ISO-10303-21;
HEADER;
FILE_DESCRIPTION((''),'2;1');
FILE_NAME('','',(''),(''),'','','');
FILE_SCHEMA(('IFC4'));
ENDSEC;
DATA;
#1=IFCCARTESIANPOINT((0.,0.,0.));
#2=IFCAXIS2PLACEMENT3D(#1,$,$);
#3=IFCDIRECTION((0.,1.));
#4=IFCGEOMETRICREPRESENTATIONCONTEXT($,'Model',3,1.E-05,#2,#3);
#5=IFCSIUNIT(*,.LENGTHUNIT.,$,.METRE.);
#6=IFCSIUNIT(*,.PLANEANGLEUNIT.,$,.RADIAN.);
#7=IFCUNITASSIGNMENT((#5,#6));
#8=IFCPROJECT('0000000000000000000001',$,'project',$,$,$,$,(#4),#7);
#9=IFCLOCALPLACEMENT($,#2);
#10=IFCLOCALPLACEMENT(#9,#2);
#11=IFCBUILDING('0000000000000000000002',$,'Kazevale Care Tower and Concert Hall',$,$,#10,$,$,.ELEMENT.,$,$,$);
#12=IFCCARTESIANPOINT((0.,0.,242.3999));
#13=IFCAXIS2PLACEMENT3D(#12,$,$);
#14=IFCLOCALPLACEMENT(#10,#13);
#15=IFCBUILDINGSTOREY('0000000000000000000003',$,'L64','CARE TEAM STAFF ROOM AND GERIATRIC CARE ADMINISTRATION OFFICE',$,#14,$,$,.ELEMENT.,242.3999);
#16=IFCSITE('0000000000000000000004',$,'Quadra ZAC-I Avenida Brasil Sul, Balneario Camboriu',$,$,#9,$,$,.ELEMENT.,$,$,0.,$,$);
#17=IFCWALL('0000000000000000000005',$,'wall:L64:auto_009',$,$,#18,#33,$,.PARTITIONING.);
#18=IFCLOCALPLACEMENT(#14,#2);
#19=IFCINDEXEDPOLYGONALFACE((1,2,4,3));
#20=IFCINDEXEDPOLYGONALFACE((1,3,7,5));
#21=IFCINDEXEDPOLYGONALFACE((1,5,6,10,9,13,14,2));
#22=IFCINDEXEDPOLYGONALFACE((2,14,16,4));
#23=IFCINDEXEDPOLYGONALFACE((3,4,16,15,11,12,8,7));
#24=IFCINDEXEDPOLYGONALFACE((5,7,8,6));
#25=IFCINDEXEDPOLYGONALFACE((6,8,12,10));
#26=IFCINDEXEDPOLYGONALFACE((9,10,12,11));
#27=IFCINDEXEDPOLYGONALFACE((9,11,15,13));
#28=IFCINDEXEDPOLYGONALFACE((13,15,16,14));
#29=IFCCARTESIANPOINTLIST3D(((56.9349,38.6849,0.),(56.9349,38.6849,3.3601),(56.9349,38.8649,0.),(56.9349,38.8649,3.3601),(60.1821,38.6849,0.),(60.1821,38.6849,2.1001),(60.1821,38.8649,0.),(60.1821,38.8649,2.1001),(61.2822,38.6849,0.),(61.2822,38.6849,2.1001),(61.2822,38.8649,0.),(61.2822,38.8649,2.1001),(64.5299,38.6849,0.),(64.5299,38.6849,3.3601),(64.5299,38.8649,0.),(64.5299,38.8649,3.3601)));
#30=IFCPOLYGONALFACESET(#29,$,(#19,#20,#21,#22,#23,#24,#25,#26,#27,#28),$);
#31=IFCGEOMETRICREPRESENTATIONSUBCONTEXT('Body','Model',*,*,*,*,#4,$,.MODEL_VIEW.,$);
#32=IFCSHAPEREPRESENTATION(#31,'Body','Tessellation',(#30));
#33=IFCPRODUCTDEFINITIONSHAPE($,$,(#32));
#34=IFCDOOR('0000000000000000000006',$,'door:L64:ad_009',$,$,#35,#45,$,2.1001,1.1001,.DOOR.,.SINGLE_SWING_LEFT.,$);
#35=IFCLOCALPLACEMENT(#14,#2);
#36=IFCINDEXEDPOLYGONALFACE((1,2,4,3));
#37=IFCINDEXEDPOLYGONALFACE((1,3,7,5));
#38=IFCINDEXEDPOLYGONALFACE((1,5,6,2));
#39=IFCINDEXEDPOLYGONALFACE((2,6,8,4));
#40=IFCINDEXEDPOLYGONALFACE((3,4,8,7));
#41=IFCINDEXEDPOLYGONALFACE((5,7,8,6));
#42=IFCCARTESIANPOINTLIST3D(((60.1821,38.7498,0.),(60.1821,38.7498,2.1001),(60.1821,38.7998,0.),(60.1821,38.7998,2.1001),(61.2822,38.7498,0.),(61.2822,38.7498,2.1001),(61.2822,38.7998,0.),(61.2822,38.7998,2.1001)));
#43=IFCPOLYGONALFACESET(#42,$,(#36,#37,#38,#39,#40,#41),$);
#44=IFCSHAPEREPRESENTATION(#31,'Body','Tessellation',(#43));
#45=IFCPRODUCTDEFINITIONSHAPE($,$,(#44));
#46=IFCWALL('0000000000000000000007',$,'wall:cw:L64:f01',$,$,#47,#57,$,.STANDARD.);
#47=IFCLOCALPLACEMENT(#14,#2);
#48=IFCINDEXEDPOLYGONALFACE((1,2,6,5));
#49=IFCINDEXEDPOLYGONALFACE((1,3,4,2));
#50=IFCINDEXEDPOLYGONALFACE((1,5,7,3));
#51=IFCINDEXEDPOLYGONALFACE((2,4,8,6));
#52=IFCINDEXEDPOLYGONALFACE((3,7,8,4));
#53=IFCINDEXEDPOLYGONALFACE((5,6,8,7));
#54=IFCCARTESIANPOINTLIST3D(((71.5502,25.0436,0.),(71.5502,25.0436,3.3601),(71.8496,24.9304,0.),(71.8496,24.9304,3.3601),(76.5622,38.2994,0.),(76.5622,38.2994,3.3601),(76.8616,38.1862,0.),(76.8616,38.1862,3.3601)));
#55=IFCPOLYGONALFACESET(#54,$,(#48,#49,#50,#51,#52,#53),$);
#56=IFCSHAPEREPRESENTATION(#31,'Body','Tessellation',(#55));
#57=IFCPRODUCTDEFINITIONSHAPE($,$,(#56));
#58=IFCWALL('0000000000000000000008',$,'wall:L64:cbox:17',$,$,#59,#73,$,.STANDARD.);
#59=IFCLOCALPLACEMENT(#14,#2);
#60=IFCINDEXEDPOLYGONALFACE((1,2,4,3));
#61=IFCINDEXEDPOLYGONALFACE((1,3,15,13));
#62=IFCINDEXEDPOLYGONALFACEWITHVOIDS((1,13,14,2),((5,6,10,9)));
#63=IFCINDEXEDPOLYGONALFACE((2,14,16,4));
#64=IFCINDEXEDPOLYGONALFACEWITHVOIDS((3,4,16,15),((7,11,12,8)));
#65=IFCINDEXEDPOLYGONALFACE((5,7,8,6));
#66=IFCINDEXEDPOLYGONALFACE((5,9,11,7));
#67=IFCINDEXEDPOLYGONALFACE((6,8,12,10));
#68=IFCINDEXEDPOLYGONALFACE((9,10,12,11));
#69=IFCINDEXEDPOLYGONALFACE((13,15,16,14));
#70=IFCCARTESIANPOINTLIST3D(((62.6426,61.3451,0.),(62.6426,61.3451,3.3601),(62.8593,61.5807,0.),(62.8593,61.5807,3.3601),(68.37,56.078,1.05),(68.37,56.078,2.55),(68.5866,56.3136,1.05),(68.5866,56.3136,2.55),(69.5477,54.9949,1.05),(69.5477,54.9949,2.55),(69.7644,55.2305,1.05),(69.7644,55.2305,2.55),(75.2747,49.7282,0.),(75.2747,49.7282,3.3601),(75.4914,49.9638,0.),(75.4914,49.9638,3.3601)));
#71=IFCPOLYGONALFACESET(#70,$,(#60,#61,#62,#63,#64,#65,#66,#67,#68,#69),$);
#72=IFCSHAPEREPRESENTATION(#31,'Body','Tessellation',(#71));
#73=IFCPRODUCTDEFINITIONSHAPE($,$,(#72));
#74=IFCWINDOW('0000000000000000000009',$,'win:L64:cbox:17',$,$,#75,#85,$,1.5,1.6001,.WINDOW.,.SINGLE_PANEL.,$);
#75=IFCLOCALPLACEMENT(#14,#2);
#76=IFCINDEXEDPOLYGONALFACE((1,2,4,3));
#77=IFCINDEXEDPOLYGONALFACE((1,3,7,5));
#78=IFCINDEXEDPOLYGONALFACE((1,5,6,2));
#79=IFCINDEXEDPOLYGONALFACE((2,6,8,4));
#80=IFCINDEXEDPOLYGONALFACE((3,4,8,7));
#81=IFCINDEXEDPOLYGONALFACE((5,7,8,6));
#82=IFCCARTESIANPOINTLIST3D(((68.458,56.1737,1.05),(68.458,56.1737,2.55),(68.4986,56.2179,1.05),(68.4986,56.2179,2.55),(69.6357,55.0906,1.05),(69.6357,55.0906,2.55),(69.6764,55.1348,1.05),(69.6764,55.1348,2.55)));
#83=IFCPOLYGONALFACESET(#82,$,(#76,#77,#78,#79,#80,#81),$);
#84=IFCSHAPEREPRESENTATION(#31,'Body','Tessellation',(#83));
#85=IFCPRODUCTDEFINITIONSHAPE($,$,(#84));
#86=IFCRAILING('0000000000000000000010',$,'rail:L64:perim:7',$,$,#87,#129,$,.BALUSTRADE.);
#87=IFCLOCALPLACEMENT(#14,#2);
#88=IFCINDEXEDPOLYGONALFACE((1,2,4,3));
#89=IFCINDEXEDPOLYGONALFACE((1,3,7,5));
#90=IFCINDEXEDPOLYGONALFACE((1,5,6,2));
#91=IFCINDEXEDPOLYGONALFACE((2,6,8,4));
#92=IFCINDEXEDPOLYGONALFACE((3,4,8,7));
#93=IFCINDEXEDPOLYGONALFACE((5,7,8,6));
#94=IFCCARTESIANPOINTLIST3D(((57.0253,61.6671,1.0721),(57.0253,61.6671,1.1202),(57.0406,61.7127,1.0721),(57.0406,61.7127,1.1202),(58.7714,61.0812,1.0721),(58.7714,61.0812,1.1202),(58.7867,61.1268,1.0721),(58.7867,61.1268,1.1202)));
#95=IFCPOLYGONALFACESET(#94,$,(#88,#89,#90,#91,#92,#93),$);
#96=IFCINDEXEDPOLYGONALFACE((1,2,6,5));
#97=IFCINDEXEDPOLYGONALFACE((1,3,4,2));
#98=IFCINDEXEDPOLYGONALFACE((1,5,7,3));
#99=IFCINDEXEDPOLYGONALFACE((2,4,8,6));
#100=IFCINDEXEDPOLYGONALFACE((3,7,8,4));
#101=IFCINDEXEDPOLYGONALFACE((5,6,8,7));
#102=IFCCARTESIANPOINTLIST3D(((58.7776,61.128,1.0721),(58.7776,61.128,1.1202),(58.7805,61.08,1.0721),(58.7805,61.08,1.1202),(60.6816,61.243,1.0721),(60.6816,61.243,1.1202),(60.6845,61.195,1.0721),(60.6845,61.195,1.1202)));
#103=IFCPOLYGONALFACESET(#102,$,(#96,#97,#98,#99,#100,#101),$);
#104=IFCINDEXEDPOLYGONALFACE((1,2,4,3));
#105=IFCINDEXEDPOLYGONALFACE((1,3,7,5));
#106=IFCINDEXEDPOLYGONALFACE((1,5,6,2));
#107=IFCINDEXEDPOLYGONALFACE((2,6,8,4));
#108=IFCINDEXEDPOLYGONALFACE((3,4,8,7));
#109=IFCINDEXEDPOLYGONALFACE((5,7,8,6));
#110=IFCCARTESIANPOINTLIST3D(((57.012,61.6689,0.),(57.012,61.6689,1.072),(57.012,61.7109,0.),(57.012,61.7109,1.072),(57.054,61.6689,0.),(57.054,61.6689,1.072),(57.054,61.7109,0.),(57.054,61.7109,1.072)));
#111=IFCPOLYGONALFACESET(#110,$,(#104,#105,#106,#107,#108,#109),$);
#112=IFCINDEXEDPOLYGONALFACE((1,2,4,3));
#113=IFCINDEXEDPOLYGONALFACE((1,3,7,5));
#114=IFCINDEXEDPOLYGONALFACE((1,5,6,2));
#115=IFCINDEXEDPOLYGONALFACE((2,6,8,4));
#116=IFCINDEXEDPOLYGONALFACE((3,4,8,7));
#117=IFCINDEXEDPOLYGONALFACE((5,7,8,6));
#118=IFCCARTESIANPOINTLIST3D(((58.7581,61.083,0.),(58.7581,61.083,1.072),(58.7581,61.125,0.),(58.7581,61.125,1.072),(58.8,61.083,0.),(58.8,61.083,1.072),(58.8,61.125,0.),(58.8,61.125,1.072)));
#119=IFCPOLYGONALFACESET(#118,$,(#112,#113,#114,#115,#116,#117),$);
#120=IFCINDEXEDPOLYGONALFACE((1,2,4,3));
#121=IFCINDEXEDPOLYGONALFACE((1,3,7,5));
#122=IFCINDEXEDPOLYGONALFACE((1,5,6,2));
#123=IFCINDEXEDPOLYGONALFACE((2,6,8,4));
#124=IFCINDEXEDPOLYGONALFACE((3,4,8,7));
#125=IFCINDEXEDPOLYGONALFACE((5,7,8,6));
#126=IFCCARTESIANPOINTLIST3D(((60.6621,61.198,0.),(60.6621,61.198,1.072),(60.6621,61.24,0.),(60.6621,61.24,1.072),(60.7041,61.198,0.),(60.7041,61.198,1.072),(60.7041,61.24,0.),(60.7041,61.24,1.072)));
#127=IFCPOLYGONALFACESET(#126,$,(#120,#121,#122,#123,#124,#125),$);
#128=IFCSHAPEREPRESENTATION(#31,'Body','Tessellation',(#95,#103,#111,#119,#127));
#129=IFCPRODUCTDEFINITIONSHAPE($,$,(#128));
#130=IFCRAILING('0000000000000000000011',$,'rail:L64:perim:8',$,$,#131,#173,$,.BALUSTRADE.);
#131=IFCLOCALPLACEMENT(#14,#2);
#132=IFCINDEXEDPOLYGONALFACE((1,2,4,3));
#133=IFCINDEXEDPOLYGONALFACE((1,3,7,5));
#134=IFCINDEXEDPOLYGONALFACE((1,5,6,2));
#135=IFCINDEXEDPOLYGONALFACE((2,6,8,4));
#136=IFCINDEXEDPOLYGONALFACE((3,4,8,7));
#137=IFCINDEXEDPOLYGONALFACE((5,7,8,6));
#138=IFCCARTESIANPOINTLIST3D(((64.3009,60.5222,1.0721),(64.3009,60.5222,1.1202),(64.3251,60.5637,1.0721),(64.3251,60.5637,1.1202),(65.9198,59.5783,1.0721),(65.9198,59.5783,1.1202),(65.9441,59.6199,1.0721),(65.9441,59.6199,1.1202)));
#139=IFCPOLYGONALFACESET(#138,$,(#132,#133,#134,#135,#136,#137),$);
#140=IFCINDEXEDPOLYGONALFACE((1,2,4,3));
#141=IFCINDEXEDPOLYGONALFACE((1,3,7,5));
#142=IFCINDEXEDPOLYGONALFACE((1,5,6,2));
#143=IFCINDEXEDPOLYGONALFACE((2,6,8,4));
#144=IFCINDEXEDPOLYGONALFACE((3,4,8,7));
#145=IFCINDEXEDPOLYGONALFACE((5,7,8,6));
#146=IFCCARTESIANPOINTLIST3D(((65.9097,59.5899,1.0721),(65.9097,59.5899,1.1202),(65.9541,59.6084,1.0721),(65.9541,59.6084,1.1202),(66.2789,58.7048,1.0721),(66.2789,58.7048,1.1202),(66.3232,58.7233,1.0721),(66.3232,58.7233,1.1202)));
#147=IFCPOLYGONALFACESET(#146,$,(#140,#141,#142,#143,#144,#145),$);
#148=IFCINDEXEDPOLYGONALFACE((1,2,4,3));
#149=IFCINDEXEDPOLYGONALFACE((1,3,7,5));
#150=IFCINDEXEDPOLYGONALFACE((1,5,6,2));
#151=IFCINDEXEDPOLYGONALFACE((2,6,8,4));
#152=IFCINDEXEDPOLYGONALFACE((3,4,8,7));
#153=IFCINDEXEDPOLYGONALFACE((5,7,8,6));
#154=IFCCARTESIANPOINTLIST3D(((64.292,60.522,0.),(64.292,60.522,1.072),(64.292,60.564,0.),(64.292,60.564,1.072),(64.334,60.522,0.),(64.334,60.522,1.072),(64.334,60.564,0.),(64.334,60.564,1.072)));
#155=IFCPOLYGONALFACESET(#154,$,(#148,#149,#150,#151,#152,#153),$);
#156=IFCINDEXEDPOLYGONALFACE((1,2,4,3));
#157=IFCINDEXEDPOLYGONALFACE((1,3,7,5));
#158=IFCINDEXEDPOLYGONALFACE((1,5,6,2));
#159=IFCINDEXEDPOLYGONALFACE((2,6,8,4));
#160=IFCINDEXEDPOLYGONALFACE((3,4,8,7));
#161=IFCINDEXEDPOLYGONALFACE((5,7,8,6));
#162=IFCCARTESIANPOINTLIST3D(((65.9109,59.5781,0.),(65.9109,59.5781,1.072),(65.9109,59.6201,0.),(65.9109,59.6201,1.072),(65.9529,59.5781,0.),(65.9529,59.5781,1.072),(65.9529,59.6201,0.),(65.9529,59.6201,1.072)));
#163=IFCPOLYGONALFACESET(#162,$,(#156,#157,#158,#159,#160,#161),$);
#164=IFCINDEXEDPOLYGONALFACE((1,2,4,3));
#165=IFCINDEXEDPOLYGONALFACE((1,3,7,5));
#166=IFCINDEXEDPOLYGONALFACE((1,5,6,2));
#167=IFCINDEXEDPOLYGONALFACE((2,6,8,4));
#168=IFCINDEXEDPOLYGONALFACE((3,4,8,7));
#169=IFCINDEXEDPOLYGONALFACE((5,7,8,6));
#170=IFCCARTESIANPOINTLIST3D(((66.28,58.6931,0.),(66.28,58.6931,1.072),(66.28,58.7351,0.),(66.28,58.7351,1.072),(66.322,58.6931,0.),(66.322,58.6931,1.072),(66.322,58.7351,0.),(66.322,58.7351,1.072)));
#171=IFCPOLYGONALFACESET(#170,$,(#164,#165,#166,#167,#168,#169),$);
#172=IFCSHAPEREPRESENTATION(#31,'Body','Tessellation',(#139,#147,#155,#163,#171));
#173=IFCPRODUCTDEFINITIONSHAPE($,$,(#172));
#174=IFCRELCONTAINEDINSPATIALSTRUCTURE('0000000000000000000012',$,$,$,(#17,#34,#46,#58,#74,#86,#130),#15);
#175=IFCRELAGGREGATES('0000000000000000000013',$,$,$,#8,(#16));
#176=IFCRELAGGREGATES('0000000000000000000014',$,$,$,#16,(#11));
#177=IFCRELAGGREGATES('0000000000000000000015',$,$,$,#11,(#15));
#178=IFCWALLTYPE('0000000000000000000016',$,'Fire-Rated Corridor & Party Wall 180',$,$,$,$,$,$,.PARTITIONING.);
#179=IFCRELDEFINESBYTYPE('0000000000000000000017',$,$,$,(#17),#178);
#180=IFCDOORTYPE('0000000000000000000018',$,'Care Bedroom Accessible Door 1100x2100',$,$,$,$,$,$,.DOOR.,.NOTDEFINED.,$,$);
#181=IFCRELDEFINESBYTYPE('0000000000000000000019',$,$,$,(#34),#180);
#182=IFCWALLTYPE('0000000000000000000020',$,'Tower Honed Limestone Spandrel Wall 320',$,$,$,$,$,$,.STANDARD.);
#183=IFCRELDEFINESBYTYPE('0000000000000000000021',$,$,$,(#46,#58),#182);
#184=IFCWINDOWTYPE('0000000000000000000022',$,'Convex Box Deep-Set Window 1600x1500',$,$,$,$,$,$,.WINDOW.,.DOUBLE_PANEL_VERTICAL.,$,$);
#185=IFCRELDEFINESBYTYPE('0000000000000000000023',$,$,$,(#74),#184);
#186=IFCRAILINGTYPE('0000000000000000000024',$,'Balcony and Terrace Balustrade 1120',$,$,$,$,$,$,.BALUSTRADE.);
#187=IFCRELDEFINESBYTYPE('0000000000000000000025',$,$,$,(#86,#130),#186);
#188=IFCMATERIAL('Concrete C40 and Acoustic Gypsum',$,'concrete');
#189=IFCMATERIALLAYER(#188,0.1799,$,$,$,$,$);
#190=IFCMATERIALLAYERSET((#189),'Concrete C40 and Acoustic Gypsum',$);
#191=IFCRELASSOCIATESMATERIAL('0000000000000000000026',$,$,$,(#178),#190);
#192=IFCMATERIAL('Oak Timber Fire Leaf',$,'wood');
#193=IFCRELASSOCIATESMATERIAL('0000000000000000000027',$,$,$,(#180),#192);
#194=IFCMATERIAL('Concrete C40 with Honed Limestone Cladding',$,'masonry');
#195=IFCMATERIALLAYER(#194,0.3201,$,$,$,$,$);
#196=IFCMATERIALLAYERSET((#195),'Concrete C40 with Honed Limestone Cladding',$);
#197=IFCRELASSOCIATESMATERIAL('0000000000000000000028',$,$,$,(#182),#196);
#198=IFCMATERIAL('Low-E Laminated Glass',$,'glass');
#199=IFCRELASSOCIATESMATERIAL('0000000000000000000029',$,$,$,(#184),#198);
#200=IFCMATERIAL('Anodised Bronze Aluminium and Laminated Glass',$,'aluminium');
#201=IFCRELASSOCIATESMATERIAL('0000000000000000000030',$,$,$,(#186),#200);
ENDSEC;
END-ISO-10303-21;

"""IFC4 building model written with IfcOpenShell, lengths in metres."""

from ifc_helpers import new_model, si_unit, direction, frame, frame_2d, origin, origin_2d, place, context, subcontext, project, spatial, rectangle, extrude, material, layer, layer_set, type_object, element, fill, save


model = new_model("IFC4")

# Units and contexts
model_context = context("Model", 3, precision=1e-05, world=origin(), true_north=direction((0.0, 1.0)))
body_context = subcontext(model_context, "Body", "Model", "MODEL_VIEW")
ifc_project = project(units=[si_unit("LENGTHUNIT", "METRE"), si_unit("PLANEANGLEUNIT", "RADIAN")], contexts=[model_context])

# Site, building, storey
site_placement = place(None, origin())
site = spatial("IfcSite", under=ifc_project, at=site_placement, Name="Quadra ZAC-I Avenida Brasil Sul, Balneario Camboriu", CompositionType="ELEMENT", RefElevation=0.0)
building_placement = place(site_placement, origin())
building = spatial("IfcBuilding", under=site, at=building_placement, Name="Kazevale Care Tower and Concert Hall", CompositionType="ELEMENT")
storey_placement = place(building_placement, frame((0.0, 0.0, 242.3999)))
storey = spatial("IfcBuildingStorey", under=building, at=storey_placement, Name="L64", Description="CARE TEAM STAFF ROOM AND GERIATRIC CARE ADMINISTRATION OFFICE", CompositionType="ELEMENT", Elevation=242.3999)

# Shared definitions
ifc_material_1 = material(Name="Low-E Laminated Glass", Category="glass")

# Wall, opening, door
ifc_material_2 = material(Name="Concrete C40 and Acoustic Gypsum", Category="concrete")
ifc_layer_1 = layer(ifc_material_2, 0.1799)
ifc_layer_set_1 = layer_set([ifc_layer_1], Name="Concrete C40 and Acoustic Gypsum")
wall_type_1 = type_object("IfcWallType", Name="Fire-Rated Corridor & Party Wall 180", PredefinedType="PARTITIONING", material=ifc_layer_set_1)
ifc_material_3 = material(Name="Oak Timber Fire Leaf", Category="wood")
door_type = type_object("IfcDoorType", Name="Care Bedroom Accessible Door 1100x2100", OperationType="NOTDEFINED", PredefinedType="DOOR", material=ifc_material_3)
wall_1_placement = place(storey_placement, frame((56.9351, 38.7749, 0.0), z_axis=(0.0, 0.0, 1.0), x_axis=(1.0, 0.0, 0.0)))
wall_1 = element("IfcWall", 1, at=wall_1_placement, inside=storey, type_object=wall_type_1, Name="wall:L64:auto_009", PredefinedType="PARTITIONING", context=body_context, shape_type="SweptSolid", body=[
    extrude(rectangle(XDim=7.595, YDim=0.1799, at=frame_2d((3.7974, 0.0))), origin(), (0.0, 0.0, 1.0), 3.3601),
])
opening_1_placement = place(wall_1_placement, frame((3.2471, 0.0, 0.0)))
opening_1 = element("IfcOpeningElement", 2, at=opening_1_placement, cuts=wall_1, PredefinedType="OPENING", context=body_context, shape_type="SweptSolid", body=[
    extrude(rectangle(XDim=1.1001, YDim=2.1001, at=frame_2d((0.55, 1.05))), frame((0.0, 0.0999, 0.0), z_axis=(0.0, -1.0, 0.0), x_axis=(1.0, 0.0, 0.0)), (0.0, 0.0, 1.0), 0.2),
])
door_1_placement = place(opening_1_placement, origin())
door_1 = element("IfcDoor", 3, at=door_1_placement, inside=storey, type_object=door_type, Name="door:L64:ad_009", OperationType="SINGLE_SWING_LEFT", OverallHeight=2.1001, OverallWidth=1.1001, PredefinedType="DOOR", context=body_context, shape_type="SweptSolid", body=[
    extrude(rectangle(XDim=1.1001, YDim=2.1001, at=frame_2d((0.55, 1.05))), frame((0.0, 0.0249, 0.0), z_axis=(0.0, -1.0, 0.0), x_axis=(1.0, 0.0, 0.0)), (0.0, 0.0, 1.0), 0.05),
])
fill(opening_1, door_1)

# Wall
ifc_material_4 = material(Name="Concrete C40 with Honed Limestone Cladding", Category="masonry")
ifc_layer_2 = layer(ifc_material_4, 0.3201)
ifc_layer_set_2 = layer_set([ifc_layer_2], Name="Concrete C40 with Honed Limestone Cladding")
wall_type_2 = type_object("IfcWallType", Name="Tower Honed Limestone Spandrel Wall 320", PredefinedType="STANDARD", material=ifc_layer_set_2)
wall_2_placement = place(storey_placement, frame((76.7119, 38.2429, 0.0), z_axis=(0.0, 0.0, 1.0), x_axis=(-0.35366, -0.935374, 0.0)))
element("IfcWall", 4, at=wall_2_placement, inside=storey, type_object=wall_type_2, Name="wall:cw:L64:f01", PredefinedType="STANDARD", context=body_context, shape_type="SweptSolid", body=[
    extrude(rectangle(XDim=14.1716, YDim=0.3201, at=frame_2d((7.0859, 0.0))), origin(), (0.0, 0.0, 1.0), 3.3601),
])

# Wall, opening, window
wall_3_placement = place(storey_placement, frame((62.751, 61.4629, 0.0), z_axis=(0.0, 0.0, 1.0), x_axis=(0.736064, -0.676912, 0.0)))
wall_3 = element("IfcWall", 5, at=wall_3_placement, inside=storey, type_object=wall_type_2, Name="wall:L64:cbox:17", PredefinedType="STANDARD", context=body_context, shape_type="SweptSolid", body=[
    extrude(rectangle(XDim=17.1616, YDim=0.3201, at=frame_2d((8.5808, 0.0))), origin(), (0.0, 0.0, 1.0), 3.3601),
])
opening_2_placement = place(wall_3_placement, frame((7.781, 0.0, 1.05)))
opening_2 = element("IfcOpeningElement", 6, at=opening_2_placement, cuts=wall_3, PredefinedType="OPENING", context=body_context, shape_type="SweptSolid", body=[
    extrude(rectangle(XDim=1.6001, YDim=1.5, at=frame_2d((0.8, 0.75))), frame((0.0, 0.1699, 0.0), z_axis=(0.0, -1.0, 0.0), x_axis=(1.0, 0.0, 0.0)), (0.0, 0.0, 1.0), 0.3401),
])
window_type = type_object("IfcWindowType", Name="Convex Box Deep-Set Window 1600x1500", PartitioningType="DOUBLE_PANEL_VERTICAL", PredefinedType="WINDOW", material=ifc_material_1)
window_placement = place(opening_2_placement, origin())
window = element("IfcWindow", 7, at=window_placement, inside=storey, type_object=window_type, Name="win:L64:cbox:17", OverallHeight=1.5, OverallWidth=1.6001, PartitioningType="SINGLE_PANEL", PredefinedType="WINDOW", context=body_context, shape_type="SweptSolid", body=[
    extrude(rectangle(XDim=1.6001, YDim=1.5, at=frame_2d((0.8, 0.75))), frame((0.0, 0.03, 0.0), z_axis=(0.0, -1.0, 0.0), x_axis=(1.0, 0.0, 0.0)), (0.0, 0.0, 1.0), 0.0601),
])
fill(opening_2, window)

# Railings
ifc_material_5 = material(Name="Anodised Bronze Aluminium and Laminated Glass", Category="aluminium")
railing_type = type_object("IfcRailingType", Name="Balcony and Terrace Balustrade 1120", PredefinedType="BALUSTRADE", material=ifc_material_5)
railing_1_placement = place(storey_placement, frame((57.033, 61.6899, 0.0)))
element("IfcRailing", 8, at=railing_1_placement, inside=storey, type_object=railing_type, Name="rail:L64:perim:7", PredefinedType="BALUSTRADE", context=body_context, shape_type="SweptSolid", body=[
    extrude(rectangle(XDim=0.0481, YDim=0.0481, at=origin_2d()), frame((0.0, 0.0, 1.0962), z_axis=(0.948045, -0.318136, 0.0), x_axis=(0.318136, 0.948045, 0.0)), (0.0, 0.0, 1.0), 1.8418),
    extrude(rectangle(XDim=0.0481, YDim=0.0481, at=origin_2d()), frame((1.7461, -0.5859, 1.0962), z_axis=(0.998181, 0.060283, 0.0), x_axis=(-0.060283, 0.998181, 0.0)), (0.0, 0.0, 1.0), 1.9075),
    extrude(rectangle(XDim=0.042, YDim=0.042, at=origin_2d()), origin(), (0.0, 0.0, 1.0), 1.072),
    extrude(rectangle(XDim=0.042, YDim=0.042, at=origin_2d()), frame((1.7461, -0.5859, 0.0)), (0.0, 0.0, 1.0), 1.072),
    extrude(rectangle(XDim=0.042, YDim=0.042, at=origin_2d()), frame((3.6501, -0.4709, 0.0)), (0.0, 0.0, 1.0), 1.072),
])
railing_2_placement = place(storey_placement, frame((64.313, 60.543, 0.0)))
element("IfcRailing", 9, at=railing_2_placement, inside=storey, type_object=railing_type, Name="rail:L64:perim:8", PredefinedType="BALUSTRADE", context=body_context, shape_type="SweptSolid", body=[
    extrude(rectangle(XDim=0.0481, YDim=0.0481, at=origin_2d()), frame((0.0, 0.0, 1.0962), z_axis=(0.863897, -0.503669, 0.0), x_axis=(0.503669, 0.863897, 0.0)), (0.0, 0.0, 1.0), 1.874),
    extrude(rectangle(XDim=0.0481, YDim=0.0481, at=origin_2d()), frame((1.6189, -0.9438, 1.0962), z_axis=(0.384959, -0.922934, 0.0), x_axis=(0.922934, 0.384959, 0.0)), (0.0, 0.0, 1.0), 0.959),
    extrude(rectangle(XDim=0.042, YDim=0.042, at=origin_2d()), origin(), (0.0, 0.0, 1.0), 1.072),
    extrude(rectangle(XDim=0.042, YDim=0.042, at=origin_2d()), frame((1.6189, -0.9438, 0.0)), (0.0, 0.0, 1.0), 1.072),
    extrude(rectangle(XDim=0.042, YDim=0.042, at=origin_2d()), frame((1.988, -1.8289, 0.0)), (0.0, 0.0, 1.0), 1.072),
])

save(model, "model.ifc")
